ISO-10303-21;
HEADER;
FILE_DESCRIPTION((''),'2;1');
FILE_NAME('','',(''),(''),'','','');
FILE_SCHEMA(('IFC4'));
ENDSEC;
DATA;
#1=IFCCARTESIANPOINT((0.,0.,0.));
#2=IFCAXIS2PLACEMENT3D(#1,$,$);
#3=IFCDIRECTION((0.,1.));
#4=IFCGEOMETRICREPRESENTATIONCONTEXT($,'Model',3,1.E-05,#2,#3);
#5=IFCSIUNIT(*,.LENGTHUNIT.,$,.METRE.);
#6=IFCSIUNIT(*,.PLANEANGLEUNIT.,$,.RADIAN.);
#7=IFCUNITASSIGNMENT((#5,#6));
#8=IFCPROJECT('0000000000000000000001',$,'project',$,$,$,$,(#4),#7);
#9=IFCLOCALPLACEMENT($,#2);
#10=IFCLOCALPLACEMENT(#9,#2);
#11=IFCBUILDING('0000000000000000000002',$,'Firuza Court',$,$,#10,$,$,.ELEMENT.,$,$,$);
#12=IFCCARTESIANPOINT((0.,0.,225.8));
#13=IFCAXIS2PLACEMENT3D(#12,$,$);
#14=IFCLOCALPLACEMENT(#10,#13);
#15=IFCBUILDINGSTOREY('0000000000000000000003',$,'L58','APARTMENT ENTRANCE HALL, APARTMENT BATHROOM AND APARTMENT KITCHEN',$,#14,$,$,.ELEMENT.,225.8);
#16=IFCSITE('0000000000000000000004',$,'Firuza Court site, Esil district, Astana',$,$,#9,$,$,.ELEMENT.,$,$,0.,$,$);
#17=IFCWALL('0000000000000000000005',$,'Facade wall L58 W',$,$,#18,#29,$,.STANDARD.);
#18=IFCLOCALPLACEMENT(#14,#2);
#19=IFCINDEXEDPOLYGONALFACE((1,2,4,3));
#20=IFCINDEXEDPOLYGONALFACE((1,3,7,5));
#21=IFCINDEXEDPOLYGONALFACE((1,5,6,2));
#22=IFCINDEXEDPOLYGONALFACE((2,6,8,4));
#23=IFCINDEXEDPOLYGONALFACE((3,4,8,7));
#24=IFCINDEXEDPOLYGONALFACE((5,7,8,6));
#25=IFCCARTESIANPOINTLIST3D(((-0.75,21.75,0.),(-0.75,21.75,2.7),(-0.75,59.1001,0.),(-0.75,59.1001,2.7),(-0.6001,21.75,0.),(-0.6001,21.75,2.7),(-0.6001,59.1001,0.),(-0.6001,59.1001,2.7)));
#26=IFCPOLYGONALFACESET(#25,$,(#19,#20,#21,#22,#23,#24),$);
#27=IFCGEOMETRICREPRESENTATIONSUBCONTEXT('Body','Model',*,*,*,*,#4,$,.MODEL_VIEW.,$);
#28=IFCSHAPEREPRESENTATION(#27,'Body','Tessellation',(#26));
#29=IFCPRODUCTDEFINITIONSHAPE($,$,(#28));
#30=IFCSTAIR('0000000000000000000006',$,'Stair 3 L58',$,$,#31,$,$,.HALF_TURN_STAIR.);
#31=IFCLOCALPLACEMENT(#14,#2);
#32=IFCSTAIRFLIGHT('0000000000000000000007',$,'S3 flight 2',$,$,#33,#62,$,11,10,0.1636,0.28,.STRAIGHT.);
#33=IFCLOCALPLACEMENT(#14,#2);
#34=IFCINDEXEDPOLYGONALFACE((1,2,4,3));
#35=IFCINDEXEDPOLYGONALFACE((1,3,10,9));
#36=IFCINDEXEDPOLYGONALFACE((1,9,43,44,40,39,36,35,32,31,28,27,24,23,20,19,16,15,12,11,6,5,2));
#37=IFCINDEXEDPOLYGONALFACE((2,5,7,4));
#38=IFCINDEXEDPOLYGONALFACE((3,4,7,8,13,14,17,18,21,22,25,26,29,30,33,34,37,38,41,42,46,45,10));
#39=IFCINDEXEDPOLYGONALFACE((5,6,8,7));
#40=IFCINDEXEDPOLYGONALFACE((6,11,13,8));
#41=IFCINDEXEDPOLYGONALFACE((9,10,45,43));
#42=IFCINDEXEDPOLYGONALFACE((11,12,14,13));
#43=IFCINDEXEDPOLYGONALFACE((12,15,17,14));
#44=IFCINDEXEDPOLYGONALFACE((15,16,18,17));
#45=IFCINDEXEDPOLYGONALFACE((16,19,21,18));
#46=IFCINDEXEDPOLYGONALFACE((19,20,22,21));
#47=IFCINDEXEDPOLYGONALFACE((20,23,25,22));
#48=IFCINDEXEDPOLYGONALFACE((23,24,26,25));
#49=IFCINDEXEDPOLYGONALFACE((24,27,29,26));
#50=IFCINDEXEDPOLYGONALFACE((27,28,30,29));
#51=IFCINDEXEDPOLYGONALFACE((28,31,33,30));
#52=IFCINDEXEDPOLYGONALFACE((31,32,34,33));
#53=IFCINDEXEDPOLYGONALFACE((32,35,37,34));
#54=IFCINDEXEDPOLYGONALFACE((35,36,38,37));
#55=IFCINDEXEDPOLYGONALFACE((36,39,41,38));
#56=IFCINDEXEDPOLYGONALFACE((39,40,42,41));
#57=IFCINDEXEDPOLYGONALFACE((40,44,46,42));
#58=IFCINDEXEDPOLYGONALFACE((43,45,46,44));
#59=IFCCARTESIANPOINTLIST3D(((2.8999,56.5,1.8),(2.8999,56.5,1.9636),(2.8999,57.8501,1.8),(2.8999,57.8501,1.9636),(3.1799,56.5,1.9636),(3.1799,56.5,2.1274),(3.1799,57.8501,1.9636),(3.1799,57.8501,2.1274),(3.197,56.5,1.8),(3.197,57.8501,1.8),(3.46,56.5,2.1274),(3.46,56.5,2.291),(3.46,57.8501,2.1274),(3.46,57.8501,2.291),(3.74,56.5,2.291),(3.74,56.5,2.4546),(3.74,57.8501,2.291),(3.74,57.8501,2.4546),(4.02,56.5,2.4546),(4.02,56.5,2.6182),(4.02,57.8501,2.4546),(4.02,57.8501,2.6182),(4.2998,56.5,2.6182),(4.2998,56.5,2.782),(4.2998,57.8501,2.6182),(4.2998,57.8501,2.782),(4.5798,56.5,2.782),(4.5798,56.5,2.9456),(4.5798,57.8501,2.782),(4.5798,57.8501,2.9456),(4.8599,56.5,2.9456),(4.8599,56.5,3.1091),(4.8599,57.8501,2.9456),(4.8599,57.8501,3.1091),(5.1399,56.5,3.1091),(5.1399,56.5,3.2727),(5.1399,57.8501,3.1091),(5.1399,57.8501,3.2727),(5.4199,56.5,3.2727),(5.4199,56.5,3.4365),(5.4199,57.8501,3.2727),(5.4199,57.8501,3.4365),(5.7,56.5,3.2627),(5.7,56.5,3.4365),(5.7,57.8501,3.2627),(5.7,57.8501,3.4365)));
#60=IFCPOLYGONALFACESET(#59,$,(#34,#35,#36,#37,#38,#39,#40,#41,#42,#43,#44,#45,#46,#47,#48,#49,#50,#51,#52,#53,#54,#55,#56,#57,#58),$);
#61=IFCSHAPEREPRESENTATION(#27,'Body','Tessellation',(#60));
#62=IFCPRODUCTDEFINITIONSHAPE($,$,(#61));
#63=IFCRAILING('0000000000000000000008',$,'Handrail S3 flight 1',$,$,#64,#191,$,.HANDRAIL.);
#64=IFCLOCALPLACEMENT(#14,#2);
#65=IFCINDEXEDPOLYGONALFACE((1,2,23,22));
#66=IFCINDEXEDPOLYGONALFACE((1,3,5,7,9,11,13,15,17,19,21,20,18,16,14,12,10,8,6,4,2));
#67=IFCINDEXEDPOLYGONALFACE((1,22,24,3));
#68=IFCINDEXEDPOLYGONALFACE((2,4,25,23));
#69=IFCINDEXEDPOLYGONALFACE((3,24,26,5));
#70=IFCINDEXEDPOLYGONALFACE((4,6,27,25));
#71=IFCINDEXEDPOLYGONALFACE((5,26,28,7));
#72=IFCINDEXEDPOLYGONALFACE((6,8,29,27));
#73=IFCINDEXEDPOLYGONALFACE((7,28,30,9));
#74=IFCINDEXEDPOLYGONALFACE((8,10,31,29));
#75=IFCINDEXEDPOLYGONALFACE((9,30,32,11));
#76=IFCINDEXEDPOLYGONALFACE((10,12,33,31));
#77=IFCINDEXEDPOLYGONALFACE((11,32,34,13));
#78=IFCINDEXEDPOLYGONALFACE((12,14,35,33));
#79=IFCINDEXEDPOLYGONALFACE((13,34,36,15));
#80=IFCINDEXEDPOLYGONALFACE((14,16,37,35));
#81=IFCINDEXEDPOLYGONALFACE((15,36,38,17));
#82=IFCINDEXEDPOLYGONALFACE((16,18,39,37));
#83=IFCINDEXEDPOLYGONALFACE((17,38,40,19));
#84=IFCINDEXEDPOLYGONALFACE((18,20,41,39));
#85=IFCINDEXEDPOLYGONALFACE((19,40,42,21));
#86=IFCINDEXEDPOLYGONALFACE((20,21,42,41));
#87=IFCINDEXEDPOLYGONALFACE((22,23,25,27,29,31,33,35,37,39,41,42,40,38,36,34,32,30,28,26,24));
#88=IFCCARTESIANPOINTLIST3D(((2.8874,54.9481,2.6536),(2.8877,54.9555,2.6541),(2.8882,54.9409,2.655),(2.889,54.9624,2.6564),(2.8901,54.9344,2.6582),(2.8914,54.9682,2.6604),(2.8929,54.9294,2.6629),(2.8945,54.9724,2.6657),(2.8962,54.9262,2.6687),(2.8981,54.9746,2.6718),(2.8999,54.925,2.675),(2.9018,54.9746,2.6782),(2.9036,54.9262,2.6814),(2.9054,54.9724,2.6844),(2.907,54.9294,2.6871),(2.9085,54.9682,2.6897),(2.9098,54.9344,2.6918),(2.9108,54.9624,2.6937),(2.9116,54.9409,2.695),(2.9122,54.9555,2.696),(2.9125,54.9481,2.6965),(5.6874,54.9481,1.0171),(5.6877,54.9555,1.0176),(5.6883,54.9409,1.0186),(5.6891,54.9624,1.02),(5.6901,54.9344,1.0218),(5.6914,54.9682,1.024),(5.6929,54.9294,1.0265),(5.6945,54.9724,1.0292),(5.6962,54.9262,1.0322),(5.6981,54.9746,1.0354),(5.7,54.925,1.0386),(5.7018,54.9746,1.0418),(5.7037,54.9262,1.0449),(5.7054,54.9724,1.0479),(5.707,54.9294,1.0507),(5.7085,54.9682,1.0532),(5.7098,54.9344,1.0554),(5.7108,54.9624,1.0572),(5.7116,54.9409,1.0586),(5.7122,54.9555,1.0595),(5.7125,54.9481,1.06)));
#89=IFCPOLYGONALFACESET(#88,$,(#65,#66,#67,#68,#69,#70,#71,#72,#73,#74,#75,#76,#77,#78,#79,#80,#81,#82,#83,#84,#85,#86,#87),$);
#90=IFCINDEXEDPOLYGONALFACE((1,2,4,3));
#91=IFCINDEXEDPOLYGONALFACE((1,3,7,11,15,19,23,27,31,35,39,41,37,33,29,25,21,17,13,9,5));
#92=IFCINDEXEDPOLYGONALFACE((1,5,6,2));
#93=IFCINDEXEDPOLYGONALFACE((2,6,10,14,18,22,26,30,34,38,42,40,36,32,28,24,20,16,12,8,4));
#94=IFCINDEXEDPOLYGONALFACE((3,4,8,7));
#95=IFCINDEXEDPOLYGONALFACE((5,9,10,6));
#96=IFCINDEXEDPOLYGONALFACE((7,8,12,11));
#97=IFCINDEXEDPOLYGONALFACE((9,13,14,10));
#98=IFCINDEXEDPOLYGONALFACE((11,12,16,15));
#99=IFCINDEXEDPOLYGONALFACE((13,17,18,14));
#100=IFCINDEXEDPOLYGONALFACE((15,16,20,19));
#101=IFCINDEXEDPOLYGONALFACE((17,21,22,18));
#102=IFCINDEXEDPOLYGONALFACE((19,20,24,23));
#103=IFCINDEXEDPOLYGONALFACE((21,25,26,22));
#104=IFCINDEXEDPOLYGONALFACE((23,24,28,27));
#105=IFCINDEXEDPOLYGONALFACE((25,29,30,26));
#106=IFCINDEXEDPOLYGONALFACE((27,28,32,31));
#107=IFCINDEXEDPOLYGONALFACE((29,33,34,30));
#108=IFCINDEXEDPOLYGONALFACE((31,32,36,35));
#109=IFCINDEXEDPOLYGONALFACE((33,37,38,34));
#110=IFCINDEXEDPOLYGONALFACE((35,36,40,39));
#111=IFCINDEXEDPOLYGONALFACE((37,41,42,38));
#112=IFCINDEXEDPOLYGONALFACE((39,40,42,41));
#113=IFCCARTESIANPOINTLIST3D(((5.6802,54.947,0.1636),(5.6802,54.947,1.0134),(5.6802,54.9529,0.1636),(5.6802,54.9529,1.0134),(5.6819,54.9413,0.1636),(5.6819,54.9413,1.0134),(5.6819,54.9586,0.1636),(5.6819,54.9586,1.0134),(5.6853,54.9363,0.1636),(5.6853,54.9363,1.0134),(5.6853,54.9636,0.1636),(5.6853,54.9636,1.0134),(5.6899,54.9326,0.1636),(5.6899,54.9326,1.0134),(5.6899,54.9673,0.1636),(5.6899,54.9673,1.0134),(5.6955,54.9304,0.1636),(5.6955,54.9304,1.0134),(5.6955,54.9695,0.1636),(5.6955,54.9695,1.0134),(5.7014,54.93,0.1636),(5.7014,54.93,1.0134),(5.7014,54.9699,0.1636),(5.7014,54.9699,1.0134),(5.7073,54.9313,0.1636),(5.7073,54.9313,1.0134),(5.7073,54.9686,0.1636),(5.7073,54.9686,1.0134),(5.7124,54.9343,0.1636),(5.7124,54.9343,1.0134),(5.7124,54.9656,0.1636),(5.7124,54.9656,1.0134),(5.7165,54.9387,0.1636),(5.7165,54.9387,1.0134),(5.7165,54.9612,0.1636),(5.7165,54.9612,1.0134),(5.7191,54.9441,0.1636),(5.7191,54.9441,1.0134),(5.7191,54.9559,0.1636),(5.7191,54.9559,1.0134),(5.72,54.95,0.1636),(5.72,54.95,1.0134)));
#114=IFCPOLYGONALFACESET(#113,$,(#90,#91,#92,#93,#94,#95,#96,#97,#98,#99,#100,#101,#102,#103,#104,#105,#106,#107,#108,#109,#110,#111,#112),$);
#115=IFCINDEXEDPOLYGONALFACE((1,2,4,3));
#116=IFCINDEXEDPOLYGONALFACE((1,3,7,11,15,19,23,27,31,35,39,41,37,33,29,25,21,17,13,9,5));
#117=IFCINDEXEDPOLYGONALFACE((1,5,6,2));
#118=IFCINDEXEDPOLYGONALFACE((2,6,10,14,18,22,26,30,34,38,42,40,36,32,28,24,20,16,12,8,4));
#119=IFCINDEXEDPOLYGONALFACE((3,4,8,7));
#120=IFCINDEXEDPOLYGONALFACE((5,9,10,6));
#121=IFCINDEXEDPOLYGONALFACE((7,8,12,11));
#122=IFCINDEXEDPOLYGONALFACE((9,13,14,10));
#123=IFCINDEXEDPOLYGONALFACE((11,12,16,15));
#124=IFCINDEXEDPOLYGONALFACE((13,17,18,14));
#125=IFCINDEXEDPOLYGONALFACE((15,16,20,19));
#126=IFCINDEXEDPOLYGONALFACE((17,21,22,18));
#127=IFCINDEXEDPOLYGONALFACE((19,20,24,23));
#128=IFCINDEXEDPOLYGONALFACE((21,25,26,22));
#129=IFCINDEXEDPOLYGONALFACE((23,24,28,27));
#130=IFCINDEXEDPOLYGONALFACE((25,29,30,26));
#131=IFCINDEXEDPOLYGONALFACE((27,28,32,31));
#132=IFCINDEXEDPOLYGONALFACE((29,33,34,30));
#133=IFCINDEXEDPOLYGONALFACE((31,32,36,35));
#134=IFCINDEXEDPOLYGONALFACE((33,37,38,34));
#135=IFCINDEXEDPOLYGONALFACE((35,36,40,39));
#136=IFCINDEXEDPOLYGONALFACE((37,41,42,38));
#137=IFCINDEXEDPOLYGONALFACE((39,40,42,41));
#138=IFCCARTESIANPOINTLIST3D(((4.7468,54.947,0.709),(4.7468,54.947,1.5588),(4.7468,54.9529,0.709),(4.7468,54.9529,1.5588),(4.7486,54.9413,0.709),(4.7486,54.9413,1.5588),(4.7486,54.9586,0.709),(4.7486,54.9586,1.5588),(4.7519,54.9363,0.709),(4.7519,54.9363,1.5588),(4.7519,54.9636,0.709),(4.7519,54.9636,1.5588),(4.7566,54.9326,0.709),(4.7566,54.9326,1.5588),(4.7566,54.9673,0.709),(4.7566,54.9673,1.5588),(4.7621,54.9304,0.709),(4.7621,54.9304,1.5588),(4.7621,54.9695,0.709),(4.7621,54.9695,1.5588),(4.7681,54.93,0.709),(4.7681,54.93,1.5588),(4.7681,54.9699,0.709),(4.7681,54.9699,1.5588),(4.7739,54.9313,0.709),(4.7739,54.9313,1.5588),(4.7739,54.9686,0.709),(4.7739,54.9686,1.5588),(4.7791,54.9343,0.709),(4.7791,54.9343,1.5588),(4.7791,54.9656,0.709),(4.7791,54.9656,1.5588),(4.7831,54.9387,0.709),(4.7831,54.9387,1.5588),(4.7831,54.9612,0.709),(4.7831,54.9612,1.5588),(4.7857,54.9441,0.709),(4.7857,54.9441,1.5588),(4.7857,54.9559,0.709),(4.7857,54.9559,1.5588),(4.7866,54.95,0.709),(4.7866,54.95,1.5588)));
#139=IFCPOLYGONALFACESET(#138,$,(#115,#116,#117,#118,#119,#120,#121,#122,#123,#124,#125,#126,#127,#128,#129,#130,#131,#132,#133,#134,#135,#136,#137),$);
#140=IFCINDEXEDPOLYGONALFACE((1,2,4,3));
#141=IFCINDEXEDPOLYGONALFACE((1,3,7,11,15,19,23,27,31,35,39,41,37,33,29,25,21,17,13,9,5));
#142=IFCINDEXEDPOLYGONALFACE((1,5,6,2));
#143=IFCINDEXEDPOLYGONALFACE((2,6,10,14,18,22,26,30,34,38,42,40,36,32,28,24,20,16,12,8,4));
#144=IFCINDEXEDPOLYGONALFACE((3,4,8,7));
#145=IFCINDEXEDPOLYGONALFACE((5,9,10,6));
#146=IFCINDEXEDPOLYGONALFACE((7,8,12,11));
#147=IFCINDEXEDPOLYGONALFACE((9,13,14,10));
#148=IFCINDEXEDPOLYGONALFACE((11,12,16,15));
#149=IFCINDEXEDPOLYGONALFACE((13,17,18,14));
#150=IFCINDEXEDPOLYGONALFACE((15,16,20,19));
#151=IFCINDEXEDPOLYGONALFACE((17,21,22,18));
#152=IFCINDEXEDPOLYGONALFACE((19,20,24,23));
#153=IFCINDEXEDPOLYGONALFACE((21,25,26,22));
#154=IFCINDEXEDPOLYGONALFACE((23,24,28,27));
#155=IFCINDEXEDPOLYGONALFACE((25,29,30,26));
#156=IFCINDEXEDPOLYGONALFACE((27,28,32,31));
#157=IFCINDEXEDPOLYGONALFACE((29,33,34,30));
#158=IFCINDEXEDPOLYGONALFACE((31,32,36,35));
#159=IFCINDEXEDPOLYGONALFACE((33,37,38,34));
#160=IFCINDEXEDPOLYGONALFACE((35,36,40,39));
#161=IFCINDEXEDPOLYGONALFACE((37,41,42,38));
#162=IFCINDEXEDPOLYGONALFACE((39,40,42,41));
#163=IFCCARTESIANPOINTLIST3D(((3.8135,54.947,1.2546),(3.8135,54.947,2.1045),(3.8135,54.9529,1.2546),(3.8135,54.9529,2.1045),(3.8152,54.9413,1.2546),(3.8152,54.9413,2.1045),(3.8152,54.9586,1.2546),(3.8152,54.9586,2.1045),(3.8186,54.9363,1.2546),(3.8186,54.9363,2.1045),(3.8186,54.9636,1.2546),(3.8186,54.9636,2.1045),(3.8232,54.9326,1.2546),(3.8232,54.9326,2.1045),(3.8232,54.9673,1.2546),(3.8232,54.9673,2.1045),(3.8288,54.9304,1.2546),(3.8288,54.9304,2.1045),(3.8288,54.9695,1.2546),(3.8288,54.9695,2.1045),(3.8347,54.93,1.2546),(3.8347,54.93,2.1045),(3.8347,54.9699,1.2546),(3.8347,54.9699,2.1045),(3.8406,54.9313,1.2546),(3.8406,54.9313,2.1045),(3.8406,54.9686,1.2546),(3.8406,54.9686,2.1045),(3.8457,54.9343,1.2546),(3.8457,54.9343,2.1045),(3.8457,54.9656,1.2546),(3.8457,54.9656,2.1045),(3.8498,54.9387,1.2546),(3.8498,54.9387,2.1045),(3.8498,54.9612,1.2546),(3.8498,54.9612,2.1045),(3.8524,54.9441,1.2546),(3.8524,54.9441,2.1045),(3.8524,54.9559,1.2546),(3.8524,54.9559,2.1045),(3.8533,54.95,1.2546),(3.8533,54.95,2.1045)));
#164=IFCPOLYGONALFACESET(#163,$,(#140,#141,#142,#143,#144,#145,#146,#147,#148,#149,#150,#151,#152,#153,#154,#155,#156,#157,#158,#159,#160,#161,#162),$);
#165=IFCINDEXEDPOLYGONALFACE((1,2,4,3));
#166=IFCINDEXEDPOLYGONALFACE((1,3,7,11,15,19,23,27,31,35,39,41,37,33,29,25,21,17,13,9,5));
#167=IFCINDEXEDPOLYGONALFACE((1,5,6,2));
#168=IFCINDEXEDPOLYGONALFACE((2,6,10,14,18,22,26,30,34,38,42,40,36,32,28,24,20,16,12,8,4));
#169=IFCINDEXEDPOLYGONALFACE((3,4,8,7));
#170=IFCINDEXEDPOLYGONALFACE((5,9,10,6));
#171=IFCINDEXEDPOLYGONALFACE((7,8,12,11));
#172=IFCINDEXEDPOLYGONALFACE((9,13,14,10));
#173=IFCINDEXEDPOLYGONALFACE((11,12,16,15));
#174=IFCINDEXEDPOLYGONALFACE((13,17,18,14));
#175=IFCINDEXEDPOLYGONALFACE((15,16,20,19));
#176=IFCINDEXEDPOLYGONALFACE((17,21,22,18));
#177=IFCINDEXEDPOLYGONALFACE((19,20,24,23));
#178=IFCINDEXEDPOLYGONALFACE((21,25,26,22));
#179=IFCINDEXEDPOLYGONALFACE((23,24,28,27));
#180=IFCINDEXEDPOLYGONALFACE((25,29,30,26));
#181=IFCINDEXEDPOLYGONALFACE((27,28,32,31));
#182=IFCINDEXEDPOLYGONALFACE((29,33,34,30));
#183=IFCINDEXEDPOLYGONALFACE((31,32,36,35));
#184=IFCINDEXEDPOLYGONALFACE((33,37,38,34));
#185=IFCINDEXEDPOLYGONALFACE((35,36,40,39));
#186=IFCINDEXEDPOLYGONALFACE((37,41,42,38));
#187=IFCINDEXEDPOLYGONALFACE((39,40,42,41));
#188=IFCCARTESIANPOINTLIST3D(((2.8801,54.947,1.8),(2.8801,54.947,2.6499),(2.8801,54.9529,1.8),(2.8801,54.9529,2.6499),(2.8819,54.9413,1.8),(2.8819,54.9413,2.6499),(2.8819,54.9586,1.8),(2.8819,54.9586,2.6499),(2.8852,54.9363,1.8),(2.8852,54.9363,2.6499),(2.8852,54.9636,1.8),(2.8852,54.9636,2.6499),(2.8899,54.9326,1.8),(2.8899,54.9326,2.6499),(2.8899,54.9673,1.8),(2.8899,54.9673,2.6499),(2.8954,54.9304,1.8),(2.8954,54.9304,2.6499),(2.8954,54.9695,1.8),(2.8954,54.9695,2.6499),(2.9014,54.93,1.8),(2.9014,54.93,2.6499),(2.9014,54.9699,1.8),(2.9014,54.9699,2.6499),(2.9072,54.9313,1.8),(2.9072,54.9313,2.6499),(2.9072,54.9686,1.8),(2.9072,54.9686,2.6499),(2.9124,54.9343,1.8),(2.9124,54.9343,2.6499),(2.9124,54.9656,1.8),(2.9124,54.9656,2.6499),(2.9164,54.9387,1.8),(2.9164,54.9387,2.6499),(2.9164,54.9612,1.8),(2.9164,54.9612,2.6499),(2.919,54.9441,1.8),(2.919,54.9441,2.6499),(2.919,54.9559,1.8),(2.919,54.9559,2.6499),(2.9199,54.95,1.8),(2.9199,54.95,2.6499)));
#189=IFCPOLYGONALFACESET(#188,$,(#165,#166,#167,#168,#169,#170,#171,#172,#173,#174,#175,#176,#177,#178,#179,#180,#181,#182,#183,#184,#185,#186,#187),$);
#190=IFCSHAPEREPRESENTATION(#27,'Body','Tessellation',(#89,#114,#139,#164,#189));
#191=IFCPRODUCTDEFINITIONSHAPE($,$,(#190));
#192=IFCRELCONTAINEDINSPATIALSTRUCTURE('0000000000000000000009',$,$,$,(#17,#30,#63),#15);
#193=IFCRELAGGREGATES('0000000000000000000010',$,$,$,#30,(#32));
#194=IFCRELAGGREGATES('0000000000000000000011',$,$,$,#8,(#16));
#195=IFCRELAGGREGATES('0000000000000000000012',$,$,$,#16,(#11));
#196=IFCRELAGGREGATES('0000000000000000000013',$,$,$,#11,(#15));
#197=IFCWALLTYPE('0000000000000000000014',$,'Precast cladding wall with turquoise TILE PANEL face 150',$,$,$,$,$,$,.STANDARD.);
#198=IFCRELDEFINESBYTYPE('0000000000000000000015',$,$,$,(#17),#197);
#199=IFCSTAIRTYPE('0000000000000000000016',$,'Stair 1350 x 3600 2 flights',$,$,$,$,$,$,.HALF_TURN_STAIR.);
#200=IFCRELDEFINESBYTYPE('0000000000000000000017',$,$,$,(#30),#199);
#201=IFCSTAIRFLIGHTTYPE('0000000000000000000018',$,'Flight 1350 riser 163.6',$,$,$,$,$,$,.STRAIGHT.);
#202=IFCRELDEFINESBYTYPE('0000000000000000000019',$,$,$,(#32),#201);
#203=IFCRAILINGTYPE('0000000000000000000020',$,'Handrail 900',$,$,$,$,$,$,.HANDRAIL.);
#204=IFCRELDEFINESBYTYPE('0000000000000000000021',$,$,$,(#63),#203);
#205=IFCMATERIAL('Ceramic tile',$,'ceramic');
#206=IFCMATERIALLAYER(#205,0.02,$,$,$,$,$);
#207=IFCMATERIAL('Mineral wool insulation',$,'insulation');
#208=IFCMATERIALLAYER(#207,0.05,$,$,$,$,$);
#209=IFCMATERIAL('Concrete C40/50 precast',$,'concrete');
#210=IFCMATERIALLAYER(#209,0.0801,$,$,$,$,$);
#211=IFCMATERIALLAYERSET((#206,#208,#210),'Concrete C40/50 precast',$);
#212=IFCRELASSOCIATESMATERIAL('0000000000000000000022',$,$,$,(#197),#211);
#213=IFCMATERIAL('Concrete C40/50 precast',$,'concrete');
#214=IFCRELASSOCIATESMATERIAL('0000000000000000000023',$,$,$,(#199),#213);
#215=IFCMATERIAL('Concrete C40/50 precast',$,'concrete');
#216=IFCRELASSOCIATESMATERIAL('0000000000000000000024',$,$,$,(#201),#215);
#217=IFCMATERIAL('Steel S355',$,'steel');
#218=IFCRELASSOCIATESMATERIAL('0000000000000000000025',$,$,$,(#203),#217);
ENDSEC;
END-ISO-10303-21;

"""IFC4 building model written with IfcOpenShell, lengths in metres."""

from ifc_helpers import new_model, si_unit, direction, frame, frame_2d, origin, origin_2d, place, context, subcontext, project, spatial, polyline, rectangle, circle, outline, extrude, material, layer, layer_set, type_object, element, aggregate, save


model = new_model("IFC4")

# Units and contexts
model_context = context("Model", 3, precision=1e-05, world=origin(), true_north=direction((0.0, 1.0)))
body_context = subcontext(model_context, "Body", "Model", "MODEL_VIEW")
ifc_project = project(units=[si_unit("LENGTHUNIT", "METRE"), si_unit("PLANEANGLEUNIT", "RADIAN")], contexts=[model_context])

# Site, building, storey
site_placement = place(None, origin())
site = spatial("IfcSite", under=ifc_project, at=site_placement, Name="Firuza Court site, Esil district, Astana", CompositionType="ELEMENT", RefElevation=0.0)
building_placement = place(site_placement, origin())
building = spatial("IfcBuilding", under=site, at=building_placement, Name="Firuza Court", CompositionType="ELEMENT")
storey_placement = place(building_placement, frame((0.0, 0.0, 225.8)))
storey = spatial("IfcBuildingStorey", under=building, at=storey_placement, Name="L58", Description="APARTMENT ENTRANCE HALL, APARTMENT BATHROOM AND APARTMENT KITCHEN", CompositionType="ELEMENT", Elevation=225.8)

# Wall
ifc_material_1 = material(Name="Ceramic tile", Category="ceramic")
ifc_layer_1 = layer(ifc_material_1, 0.02)
ifc_material_2 = material(Name="Mineral wool insulation", Category="insulation")
ifc_layer_2 = layer(ifc_material_2, 0.05)
ifc_material_3 = material(Name="Concrete C40/50 precast", Category="concrete")
ifc_layer_3 = layer(ifc_material_3, 0.0801)
ifc_layer_set_1 = layer_set([ifc_layer_1, ifc_layer_2, ifc_layer_3], Name="Concrete C40/50 precast")
wall_type_1 = type_object("IfcWallType", Name="Precast cladding wall with turquoise TILE PANEL face 150", PredefinedType="STANDARD", material=ifc_layer_set_1)
wall_1_placement = place(storey_placement, frame((-0.675, 59.1001, 0.0), z_axis=(0.0, 0.0, 1.0), x_axis=(0.0, -1.0, 0.0)))
element("IfcWall", 1, at=wall_1_placement, inside=storey, type_object=wall_type_1, Name="Facade wall L58 W", PredefinedType="STANDARD", context=body_context, shape_type="SweptSolid", body=[
    extrude(rectangle(XDim=37.3501, YDim=0.1499, at=frame_2d((18.675, 0.0))), origin(), (0.0, 0.0, 1.0), 2.7),
])

# Stair, stair flight
ifc_material_4 = material(Name="Concrete C40/50 precast", Category="concrete")
stair_type = type_object("IfcStairType", Name="Stair 1350 x 3600 2 flights", PredefinedType="HALF_TURN_STAIR", material=ifc_material_4)
stair_placement = place(storey_placement, origin())
stair = element("IfcStair", 2, at=stair_placement, inside=storey, type_object=stair_type, Name="Stair 3 L58", PredefinedType="HALF_TURN_STAIR")
ifc_material_5 = material(Name="Concrete C40/50 precast", Category="concrete")
stair_flight_type = type_object("IfcStairFlightType", Name="Flight 1350 riser 163.6", PredefinedType="STRAIGHT", material=ifc_material_5)
stair_flight_placement = place(storey_placement, frame((2.8999, 57.175, 1.8), z_axis=(0.0, 0.0, 1.0), x_axis=(1.0, 0.0, 0.0)))
stair_flight = element("IfcStairFlight", 3, at=stair_flight_placement, type_object=stair_flight_type, Name="S3 flight 2", NumberOfRisers=11, NumberOfTreads=10, PredefinedType="STRAIGHT", RiserHeight=0.1636, TreadLength=0.28, context=body_context, shape_type="SweptSolid", body=[
    extrude(outline(polyline([(0.0, 0.0), (0.0, 0.1636), (0.28, 0.1636), (0.28, 0.3274), (0.5601, 0.3274), (0.5601, 0.491), (0.8401, 0.491), (0.8401, 0.6545), (1.1201, 0.6545), (1.1201, 0.8181), (1.3999, 0.8181), (1.3999, 0.9819), (1.6799, 0.9819), (1.6799, 1.1455), (1.96, 1.1455), (1.96, 1.3091), (2.24, 1.3091), (2.24, 1.4727), (2.52, 1.4727), (2.52, 1.6365), (2.8, 1.6365), (2.8, 1.8), (2.8, 1.4626), (0.2971, 0.0), (0.0, 0.0)])), frame((0.0, 0.675, 0.0), z_axis=(0.0, -1.0, 0.0), x_axis=(1.0, 0.0, 0.0)), (0.0, 0.0, 1.0), 1.3501),
])
aggregate(stair, [stair_flight])

# Railing
ifc_material_6 = material(Name="Steel S355", Category="steel")
railing_type_1 = type_object("IfcRailingType", Name="Handrail 900", PredefinedType="HANDRAIL", material=ifc_material_6)
railing_1_placement = place(storey_placement, frame((5.7, 54.95, 0.1636)))
element("IfcRailing", 4, at=railing_1_placement, inside=storey, type_object=railing_type_1, Name="Handrail S3 flight 1", PredefinedType="HANDRAIL", context=body_context, shape_type="SweptSolid", body=[
    extrude(circle(Radius=0.0249, at=origin_2d()), frame((0.0, 0.0, 0.875), z_axis=(-0.863361, 0.0, 0.504587), x_axis=(0.0, -1.0, 0.0)), (0.0, 0.0, 1.0), 3.2432),
    extrude(circle(Radius=0.02, at=origin_2d()), origin(), (0.0, 0.0, 1.0), 0.8499),
    extrude(circle(Radius=0.02, at=origin_2d()), frame((-0.9333, 0.0, 0.5454)), (0.0, 0.0, 1.0), 0.8499),
    extrude(circle(Radius=0.02, at=origin_2d()), frame((-1.8667, 0.0, 1.0911)), (0.0, 0.0, 1.0), 0.8499),
    extrude(circle(Radius=0.02, at=origin_2d()), frame((-2.8, 0.0, 1.6365)), (0.0, 0.0, 1.0), 0.8499),
])

save(model, "model.ifc")
